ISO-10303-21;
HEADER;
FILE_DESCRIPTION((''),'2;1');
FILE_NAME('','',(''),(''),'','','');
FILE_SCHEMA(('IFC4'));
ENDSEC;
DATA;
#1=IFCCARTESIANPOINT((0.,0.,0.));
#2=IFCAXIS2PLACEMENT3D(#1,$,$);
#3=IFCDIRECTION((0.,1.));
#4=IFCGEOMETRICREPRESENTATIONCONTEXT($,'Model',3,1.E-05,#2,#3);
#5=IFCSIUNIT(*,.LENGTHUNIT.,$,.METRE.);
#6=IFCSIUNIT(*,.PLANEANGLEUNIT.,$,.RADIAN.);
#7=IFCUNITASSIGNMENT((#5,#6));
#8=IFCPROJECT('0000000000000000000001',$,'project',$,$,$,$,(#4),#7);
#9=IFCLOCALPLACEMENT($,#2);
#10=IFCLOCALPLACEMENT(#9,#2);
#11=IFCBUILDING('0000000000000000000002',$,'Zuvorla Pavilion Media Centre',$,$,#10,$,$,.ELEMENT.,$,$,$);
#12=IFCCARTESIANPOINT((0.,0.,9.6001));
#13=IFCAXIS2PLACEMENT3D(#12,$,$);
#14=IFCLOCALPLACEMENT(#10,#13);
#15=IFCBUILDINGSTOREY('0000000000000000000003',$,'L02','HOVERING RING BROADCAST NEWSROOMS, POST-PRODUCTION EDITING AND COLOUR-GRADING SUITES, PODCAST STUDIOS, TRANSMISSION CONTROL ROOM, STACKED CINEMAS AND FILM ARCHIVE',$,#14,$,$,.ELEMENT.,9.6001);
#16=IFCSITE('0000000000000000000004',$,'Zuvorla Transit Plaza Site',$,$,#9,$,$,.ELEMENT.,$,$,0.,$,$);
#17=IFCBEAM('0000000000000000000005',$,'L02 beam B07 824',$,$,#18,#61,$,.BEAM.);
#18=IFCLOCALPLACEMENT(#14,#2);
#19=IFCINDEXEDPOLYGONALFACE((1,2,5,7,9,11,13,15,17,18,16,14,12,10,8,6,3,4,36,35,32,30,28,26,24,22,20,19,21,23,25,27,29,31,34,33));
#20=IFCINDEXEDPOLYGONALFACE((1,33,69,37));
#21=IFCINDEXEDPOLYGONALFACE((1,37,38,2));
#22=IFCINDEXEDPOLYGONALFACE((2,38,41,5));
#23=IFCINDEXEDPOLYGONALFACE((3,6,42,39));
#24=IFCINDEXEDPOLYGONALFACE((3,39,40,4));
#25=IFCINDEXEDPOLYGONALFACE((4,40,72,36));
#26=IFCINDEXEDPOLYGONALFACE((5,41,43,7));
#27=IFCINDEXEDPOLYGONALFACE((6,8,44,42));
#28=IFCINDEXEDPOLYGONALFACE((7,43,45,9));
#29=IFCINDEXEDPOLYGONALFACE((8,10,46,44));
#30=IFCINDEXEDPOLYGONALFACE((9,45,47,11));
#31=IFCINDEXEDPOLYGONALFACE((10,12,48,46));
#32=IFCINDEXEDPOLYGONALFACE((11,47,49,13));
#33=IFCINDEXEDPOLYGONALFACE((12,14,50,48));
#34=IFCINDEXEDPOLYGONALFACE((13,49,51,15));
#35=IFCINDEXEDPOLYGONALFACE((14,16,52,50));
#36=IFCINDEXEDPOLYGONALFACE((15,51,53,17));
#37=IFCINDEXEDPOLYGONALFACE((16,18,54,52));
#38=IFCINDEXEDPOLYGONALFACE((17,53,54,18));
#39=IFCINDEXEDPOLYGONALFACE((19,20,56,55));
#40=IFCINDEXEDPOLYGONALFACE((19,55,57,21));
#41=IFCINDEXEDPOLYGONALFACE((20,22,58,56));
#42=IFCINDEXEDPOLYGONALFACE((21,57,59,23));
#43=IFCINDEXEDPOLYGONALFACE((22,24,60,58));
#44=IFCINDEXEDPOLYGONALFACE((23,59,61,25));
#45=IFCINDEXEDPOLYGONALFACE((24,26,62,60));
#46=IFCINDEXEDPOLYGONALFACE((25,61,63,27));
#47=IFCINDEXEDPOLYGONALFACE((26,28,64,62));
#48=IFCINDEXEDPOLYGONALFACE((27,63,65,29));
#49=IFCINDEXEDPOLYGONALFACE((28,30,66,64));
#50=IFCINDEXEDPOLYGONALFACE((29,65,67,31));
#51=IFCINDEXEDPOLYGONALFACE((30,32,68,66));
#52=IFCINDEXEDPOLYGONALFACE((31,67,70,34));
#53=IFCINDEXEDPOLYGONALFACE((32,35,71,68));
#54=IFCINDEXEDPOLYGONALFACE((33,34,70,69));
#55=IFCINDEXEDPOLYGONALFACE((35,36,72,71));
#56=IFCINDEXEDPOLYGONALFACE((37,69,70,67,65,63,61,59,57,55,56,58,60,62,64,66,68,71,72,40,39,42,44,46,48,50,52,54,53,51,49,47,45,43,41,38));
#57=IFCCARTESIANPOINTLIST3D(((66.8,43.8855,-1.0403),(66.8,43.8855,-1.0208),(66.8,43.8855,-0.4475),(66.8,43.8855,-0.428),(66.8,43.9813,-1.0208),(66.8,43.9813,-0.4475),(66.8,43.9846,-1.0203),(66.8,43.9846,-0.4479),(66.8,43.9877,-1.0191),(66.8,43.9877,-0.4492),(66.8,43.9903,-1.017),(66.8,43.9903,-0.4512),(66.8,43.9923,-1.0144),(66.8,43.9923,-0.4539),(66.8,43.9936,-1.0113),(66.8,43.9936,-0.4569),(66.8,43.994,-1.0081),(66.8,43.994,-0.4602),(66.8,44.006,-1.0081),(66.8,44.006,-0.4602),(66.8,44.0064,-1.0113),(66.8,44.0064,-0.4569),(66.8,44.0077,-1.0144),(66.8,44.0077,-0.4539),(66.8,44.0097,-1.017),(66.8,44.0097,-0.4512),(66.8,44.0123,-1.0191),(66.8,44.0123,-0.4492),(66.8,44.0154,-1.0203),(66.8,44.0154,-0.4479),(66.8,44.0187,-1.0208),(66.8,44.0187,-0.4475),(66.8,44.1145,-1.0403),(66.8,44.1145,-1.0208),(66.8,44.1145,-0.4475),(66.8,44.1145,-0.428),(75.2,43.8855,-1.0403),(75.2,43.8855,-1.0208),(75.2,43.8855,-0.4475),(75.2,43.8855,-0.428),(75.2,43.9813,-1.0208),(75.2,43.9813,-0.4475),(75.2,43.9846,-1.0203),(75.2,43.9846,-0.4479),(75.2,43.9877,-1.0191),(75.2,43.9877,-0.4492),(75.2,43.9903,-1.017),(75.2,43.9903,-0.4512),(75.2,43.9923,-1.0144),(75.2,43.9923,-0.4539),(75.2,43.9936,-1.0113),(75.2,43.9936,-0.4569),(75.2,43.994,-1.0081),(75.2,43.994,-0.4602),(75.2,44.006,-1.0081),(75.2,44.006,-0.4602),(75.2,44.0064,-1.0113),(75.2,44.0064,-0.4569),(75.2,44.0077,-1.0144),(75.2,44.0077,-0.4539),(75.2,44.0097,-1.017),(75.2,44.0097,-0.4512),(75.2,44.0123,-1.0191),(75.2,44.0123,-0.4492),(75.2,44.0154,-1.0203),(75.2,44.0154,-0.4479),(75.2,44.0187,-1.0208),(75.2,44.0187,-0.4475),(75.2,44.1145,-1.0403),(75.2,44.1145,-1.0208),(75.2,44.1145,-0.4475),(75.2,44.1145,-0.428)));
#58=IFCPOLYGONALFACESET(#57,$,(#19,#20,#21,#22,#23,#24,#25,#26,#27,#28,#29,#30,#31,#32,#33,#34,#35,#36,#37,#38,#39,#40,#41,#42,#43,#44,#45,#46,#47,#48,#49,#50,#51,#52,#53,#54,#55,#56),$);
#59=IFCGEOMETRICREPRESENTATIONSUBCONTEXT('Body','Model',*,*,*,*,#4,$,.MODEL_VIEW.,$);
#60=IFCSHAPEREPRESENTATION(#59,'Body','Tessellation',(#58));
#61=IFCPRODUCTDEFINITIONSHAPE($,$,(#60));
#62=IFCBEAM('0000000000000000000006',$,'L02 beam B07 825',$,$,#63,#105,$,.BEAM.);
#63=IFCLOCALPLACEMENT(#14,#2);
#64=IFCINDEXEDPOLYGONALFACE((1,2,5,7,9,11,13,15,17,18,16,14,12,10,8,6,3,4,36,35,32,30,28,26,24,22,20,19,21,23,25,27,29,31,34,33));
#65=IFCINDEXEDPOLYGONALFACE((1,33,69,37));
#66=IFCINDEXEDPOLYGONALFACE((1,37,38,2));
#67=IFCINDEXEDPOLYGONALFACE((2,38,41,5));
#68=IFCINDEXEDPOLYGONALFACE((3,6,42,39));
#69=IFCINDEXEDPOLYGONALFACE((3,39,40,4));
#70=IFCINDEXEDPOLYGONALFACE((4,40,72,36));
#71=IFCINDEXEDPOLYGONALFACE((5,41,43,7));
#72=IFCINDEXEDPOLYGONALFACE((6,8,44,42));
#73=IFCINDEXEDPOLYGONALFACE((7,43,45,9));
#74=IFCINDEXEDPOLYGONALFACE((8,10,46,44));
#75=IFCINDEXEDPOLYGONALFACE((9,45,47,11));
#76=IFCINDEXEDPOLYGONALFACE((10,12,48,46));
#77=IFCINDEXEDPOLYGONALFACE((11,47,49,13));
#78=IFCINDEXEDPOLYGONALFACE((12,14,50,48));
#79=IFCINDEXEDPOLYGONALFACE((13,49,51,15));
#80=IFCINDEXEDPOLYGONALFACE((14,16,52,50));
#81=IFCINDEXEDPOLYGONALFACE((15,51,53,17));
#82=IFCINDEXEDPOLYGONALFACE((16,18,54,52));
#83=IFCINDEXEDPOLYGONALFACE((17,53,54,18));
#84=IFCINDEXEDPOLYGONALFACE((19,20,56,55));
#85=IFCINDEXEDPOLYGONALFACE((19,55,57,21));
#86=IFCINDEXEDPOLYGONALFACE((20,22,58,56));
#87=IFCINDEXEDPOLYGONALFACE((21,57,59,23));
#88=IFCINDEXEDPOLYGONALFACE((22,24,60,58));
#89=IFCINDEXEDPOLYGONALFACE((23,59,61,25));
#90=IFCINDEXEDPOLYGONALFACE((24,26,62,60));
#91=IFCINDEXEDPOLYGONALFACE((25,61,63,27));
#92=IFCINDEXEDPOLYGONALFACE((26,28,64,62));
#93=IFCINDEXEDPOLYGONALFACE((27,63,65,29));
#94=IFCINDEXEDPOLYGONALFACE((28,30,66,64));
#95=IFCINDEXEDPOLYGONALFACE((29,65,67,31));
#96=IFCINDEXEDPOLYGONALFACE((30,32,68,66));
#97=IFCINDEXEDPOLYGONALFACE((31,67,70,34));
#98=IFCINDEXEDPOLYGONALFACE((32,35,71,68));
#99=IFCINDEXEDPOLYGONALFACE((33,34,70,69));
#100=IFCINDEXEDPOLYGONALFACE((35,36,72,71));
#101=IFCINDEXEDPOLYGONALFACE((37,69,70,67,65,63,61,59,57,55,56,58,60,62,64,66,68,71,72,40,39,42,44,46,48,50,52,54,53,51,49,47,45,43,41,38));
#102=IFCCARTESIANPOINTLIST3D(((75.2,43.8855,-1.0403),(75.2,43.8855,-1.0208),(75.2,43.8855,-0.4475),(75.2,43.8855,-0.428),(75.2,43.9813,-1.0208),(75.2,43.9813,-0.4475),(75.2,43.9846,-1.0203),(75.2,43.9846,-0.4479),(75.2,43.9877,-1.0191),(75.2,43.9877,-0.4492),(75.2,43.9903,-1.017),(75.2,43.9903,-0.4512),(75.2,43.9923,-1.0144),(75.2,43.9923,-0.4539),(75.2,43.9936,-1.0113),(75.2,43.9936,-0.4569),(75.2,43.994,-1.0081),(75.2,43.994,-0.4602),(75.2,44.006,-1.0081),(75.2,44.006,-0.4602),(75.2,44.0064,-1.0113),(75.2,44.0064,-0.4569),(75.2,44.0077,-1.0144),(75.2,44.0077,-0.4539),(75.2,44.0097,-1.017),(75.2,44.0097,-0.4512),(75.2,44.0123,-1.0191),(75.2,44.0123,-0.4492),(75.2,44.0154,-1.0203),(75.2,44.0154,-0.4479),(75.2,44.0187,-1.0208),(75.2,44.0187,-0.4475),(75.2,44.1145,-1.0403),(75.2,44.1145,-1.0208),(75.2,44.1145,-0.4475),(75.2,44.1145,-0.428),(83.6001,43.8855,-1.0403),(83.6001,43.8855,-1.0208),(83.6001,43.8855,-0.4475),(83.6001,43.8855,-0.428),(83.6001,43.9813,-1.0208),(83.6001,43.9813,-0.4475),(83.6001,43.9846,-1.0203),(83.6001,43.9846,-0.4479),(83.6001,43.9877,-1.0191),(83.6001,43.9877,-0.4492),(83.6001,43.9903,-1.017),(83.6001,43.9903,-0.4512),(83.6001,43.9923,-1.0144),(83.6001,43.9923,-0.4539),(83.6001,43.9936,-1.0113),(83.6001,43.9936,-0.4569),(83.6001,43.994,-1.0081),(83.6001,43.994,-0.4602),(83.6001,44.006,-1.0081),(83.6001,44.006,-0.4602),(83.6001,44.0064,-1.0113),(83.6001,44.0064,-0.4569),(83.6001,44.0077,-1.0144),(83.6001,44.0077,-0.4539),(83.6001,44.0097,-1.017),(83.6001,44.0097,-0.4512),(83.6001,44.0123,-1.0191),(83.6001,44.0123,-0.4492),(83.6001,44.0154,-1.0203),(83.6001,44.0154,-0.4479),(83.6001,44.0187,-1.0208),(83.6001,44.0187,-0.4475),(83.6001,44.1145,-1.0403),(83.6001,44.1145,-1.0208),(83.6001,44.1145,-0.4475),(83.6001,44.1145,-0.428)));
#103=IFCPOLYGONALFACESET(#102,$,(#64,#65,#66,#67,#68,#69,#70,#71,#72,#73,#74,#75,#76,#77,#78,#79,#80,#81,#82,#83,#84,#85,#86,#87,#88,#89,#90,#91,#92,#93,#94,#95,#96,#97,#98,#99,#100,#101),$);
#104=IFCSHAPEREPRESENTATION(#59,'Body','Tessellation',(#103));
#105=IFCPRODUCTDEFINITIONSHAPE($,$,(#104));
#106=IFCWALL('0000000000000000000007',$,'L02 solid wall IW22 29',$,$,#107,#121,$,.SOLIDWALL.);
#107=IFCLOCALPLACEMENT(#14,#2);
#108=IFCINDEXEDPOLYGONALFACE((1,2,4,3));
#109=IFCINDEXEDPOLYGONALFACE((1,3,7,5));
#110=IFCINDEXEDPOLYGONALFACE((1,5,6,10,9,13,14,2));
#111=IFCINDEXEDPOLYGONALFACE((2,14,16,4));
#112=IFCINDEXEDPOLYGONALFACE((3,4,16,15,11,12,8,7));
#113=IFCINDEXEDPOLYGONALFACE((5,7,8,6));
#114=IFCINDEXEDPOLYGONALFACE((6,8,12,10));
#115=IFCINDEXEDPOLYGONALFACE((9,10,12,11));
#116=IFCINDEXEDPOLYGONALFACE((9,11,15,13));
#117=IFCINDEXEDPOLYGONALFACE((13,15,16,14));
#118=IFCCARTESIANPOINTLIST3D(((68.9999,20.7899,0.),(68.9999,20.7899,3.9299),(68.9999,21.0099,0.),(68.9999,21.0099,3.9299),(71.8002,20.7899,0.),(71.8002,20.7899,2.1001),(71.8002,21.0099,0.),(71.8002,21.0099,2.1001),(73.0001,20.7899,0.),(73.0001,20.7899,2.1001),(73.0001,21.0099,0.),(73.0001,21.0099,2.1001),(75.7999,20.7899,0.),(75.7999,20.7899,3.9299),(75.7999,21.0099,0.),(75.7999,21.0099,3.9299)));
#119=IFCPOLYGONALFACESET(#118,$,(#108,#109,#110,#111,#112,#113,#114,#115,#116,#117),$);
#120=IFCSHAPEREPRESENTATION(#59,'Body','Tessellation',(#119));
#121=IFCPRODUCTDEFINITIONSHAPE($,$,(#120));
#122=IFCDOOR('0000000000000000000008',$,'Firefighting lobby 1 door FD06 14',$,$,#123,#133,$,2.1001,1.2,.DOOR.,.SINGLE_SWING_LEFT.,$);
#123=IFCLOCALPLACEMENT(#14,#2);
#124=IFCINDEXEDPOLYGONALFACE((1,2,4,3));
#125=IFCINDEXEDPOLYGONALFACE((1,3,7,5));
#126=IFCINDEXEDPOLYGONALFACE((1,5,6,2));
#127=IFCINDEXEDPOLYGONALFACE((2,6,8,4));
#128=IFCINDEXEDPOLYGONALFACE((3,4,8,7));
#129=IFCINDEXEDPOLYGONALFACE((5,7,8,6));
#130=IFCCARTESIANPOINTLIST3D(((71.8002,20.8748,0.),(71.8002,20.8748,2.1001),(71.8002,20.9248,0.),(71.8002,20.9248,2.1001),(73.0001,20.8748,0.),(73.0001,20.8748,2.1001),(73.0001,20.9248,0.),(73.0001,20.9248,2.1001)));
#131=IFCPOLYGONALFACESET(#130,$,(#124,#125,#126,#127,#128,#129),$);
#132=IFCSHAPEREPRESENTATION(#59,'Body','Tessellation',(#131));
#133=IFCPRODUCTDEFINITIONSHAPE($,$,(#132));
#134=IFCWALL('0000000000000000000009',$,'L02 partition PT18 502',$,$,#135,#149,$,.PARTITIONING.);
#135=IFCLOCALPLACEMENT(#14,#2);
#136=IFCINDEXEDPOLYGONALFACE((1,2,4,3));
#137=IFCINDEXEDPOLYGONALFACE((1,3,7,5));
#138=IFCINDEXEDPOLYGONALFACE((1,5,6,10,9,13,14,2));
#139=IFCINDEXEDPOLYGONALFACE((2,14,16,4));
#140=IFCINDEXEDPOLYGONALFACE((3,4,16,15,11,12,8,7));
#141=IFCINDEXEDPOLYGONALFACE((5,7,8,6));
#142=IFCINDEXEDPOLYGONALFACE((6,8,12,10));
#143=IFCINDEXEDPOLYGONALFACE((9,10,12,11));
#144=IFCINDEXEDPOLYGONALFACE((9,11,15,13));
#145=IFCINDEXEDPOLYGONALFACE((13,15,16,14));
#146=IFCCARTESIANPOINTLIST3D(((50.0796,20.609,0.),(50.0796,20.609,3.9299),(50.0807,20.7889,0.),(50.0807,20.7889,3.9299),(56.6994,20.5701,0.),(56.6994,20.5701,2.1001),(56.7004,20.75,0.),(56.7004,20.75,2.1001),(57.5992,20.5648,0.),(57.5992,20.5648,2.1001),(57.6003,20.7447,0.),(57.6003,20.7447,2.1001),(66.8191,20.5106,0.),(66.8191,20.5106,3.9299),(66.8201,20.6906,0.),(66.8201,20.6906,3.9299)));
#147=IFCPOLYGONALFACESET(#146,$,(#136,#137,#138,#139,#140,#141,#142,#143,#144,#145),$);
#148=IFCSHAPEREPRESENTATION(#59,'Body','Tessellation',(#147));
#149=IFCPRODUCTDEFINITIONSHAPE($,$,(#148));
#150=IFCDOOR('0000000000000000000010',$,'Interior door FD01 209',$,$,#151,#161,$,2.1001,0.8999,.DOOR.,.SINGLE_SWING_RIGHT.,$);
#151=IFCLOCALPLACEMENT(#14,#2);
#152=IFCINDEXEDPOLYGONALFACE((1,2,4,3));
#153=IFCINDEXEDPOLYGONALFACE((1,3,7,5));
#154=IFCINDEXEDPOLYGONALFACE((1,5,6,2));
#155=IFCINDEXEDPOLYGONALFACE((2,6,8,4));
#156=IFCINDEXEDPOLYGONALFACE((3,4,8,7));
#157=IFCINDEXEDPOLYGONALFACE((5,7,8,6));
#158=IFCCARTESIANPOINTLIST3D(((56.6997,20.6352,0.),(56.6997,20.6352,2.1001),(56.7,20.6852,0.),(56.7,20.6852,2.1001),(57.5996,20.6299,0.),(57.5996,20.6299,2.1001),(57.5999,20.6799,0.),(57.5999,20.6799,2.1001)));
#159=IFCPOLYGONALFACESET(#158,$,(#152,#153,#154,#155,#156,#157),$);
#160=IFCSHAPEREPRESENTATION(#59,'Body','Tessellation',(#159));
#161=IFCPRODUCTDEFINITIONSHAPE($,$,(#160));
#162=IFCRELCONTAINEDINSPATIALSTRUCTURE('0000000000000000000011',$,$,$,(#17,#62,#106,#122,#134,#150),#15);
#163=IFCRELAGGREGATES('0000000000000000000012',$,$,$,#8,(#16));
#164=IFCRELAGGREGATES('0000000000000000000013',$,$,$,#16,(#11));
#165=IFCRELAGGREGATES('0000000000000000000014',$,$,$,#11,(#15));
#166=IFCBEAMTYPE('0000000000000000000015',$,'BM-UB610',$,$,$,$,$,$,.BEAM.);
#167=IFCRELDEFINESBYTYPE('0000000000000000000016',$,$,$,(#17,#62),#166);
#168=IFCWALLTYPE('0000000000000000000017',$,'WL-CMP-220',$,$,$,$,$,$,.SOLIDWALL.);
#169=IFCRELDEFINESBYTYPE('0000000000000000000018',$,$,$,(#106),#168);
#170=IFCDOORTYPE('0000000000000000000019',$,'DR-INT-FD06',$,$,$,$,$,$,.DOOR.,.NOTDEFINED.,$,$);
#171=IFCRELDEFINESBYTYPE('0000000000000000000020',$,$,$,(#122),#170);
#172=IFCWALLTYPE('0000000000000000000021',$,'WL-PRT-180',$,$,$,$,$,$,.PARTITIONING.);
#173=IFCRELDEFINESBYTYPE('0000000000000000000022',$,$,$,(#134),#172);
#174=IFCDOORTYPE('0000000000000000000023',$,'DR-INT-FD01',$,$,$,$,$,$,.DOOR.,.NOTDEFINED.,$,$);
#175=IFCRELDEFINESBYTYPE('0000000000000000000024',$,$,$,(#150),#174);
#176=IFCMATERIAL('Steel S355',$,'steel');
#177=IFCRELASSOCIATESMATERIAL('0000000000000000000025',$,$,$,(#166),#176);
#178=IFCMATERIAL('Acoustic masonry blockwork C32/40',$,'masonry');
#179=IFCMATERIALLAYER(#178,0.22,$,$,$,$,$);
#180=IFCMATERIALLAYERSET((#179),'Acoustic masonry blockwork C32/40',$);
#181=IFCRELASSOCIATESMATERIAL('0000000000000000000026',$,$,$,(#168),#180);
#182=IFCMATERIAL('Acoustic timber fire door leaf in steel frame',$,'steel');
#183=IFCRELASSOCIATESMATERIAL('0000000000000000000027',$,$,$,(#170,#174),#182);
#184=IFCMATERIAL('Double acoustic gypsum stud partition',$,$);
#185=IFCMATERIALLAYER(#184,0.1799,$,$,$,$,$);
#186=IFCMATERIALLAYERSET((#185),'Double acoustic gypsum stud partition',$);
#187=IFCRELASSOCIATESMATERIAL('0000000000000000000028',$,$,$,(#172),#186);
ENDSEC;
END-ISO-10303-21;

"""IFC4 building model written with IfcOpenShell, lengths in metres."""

from ifc_helpers import new_model, si_unit, direction, frame, frame_2d, origin, origin_2d, place, context, subcontext, project, spatial, rectangle, i_section, extrude, material, layer, layer_set, material_profile, profile_set, type_object, element, fill, save


model = new_model("IFC4")

# Units and contexts
model_context = context("Model", 3, precision=1e-05, world=origin(), true_north=direction((0.0, 1.0)))
body_context = subcontext(model_context, "Body", "Model", "MODEL_VIEW")
ifc_project = project(units=[si_unit("LENGTHUNIT", "METRE"), si_unit("PLANEANGLEUNIT", "RADIAN")], contexts=[model_context])

# Site, building, storey
site_placement = place(None, origin())
site = spatial("IfcSite", under=ifc_project, at=site_placement, Name="Zuvorla Transit Plaza Site", CompositionType="ELEMENT", RefElevation=0.0)
building_placement = place(site_placement, origin())
building = spatial("IfcBuilding", under=site, at=building_placement, Name="Zuvorla Pavilion Media Centre", CompositionType="ELEMENT")
storey_placement = place(building_placement, frame((0.0, 0.0, 9.6001)))
storey = spatial("IfcBuildingStorey", under=building, at=storey_placement, Name="L02", Description="HOVERING RING BROADCAST NEWSROOMS, POST-PRODUCTION EDITING AND COLOUR-GRADING SUITES, PODCAST STUDIOS, TRANSMISSION CONTROL ROOM, STACKED CINEMAS AND FILM ARCHIVE", CompositionType="ELEMENT", Elevation=9.6001)

# Beams
ifc_material_1 = material(Name="Steel S355", Category="steel")
ifc_material_profile_1 = material_profile(ifc_material_1, i_section(OverallWidth=0.229, OverallDepth=0.6123, WebThickness=0.012, FlangeThickness=0.0195, FilletRadius=0.0127, at=origin_2d()), Name="UB 610x229x125")
ifc_profile_set_1 = profile_set([ifc_material_profile_1], Name="Steel S355")
beam_type_1 = type_object("IfcBeamType", Name="BM-UB610", PredefinedType="BEAM", material=ifc_profile_set_1)
beam_1_placement = place(storey_placement, frame((66.8, 44.0, -0.7341), z_axis=(1.0, 0.0, 0.0), x_axis=(0.0, 1.0, 0.0)))
element("IfcBeam", 1, at=beam_1_placement, inside=storey, type_object=beam_type_1, Name="L02 beam B07 824", PredefinedType="BEAM", context=body_context, shape_type="SweptSolid", body=[
    extrude(i_section(OverallWidth=0.229, OverallDepth=0.6123, WebThickness=0.012, FlangeThickness=0.0195, FilletRadius=0.0127, at=origin_2d()), origin(), (0.0, 0.0, 1.0), 8.3999),
])
beam_2_placement = place(storey_placement, frame((75.2, 44.0, -0.7341), z_axis=(1.0, 0.0, 0.0), x_axis=(0.0, 1.0, 0.0)))
element("IfcBeam", 2, at=beam_2_placement, inside=storey, type_object=beam_type_1, Name="L02 beam B07 825", PredefinedType="BEAM", context=body_context, shape_type="SweptSolid", body=[
    extrude(i_section(OverallWidth=0.229, OverallDepth=0.6123, WebThickness=0.012, FlangeThickness=0.0195, FilletRadius=0.0127, at=origin_2d()), origin(), (0.0, 0.0, 1.0), 8.4001),
])

# Walls, openings, doors
ifc_material_2 = material(Name="Acoustic masonry blockwork C32/40", Category="masonry")
ifc_layer_1 = layer(ifc_material_2, 0.22)
ifc_layer_set_1 = layer_set([ifc_layer_1], Name="Acoustic masonry blockwork C32/40")
wall_type_1 = type_object("IfcWallType", Name="WL-CMP-220", PredefinedType="SOLIDWALL", material=ifc_layer_set_1)
wall_1_placement = place(storey_placement, frame((69.0, 20.8999, 0.0), z_axis=(0.0, 0.0, 1.0), x_axis=(1.0, 0.0, 0.0)))
wall_1 = element("IfcWall", 3, at=wall_1_placement, inside=storey, type_object=wall_type_1, Name="L02 solid wall IW22 29", PredefinedType="SOLIDWALL", context=body_context, shape_type="SweptSolid", body=[
    extrude(rectangle(XDim=6.8, YDim=0.22, at=frame_2d((3.3999, 0.0))), origin(), (0.0, 0.0, 1.0), 3.9299),
])
opening_1_placement = place(wall_1_placement, frame((2.8, 0.0, 0.0)))
opening_1 = element("IfcOpeningElement", 4, at=opening_1_placement, cuts=wall_1, PredefinedType="OPENING", context=body_context, shape_type="SweptSolid", body=[
    extrude(rectangle(XDim=1.2, YDim=2.1001, at=frame_2d((0.6001, 1.05))), frame((0.0, 0.1199, 0.0), z_axis=(0.0, -1.0, 0.0), x_axis=(1.0, 0.0, 0.0)), (0.0, 0.0, 1.0), 0.24),
])
ifc_material_3 = material(Name="Acoustic timber fire door leaf in steel frame", Category="steel")
door_type_1 = type_object("IfcDoorType", Name="DR-INT-FD06", OperationType="NOTDEFINED", PredefinedType="DOOR", material=ifc_material_3)
door_1_placement = place(opening_1_placement, origin())
door_1 = element("IfcDoor", 5, at=door_1_placement, inside=storey, type_object=door_type_1, Name="Firefighting lobby 1 door FD06 14", OperationType="SINGLE_SWING_LEFT", OverallHeight=2.1001, OverallWidth=1.2, PredefinedType="DOOR", context=body_context, shape_type="SweptSolid", body=[
    extrude(rectangle(XDim=1.2, YDim=2.1001, at=frame_2d((0.6001, 1.05))), frame((0.0, 0.0249, 0.0), z_axis=(0.0, -1.0, 0.0), x_axis=(1.0, 0.0, 0.0)), (0.0, 0.0, 1.0), 0.05),
])
fill(opening_1, door_1)
ifc_material_4 = material(Name="Double acoustic gypsum stud partition")
ifc_layer_2 = layer(ifc_material_4, 0.1799)
ifc_layer_set_2 = layer_set([ifc_layer_2], Name="Double acoustic gypsum stud partition")
wall_type_2 = type_object("IfcWallType", Name="WL-PRT-180", PredefinedType="PARTITIONING", material=ifc_layer_set_2)
wall_2_placement = place(storey_placement, frame((66.8196, 20.6006, 0.0), z_axis=(0.0, 0.0, 1.0), x_axis=(-0.999983, 0.005878, 0.0)))
wall_2 = element("IfcWall", 6, at=wall_2_placement, inside=storey, type_object=wall_type_2, Name="L02 partition PT18 502", PredefinedType="PARTITIONING", context=body_context, shape_type="SweptSolid", body=[
    extrude(rectangle(XDim=16.7397, YDim=0.1799, at=frame_2d((8.3699, 0.0))), origin(), (0.0, 0.0, 1.0), 3.9299),
])
opening_2_placement = place(wall_2_placement, frame((9.22, 0.0, 0.0)))
opening_2 = element("IfcOpeningElement", 7, at=opening_2_placement, cuts=wall_2, PredefinedType="OPENING", context=body_context, shape_type="SweptSolid", body=[
    extrude(rectangle(XDim=0.8999, YDim=2.1001, at=frame_2d((0.45, 1.05))), frame((0.0, 0.0999, 0.0), z_axis=(0.0, -1.0, 0.0), x_axis=(1.0, 0.0, 0.0)), (0.0, 0.0, 1.0), 0.2),
])
door_type_2 = type_object("IfcDoorType", Name="DR-INT-FD01", OperationType="NOTDEFINED", PredefinedType="DOOR", material=ifc_material_3)
door_2_placement = place(opening_2_placement, origin())
door_2 = element("IfcDoor", 8, at=door_2_placement, inside=storey, type_object=door_type_2, Name="Interior door FD01 209", OperationType="SINGLE_SWING_RIGHT", OverallHeight=2.1001, OverallWidth=0.8999, PredefinedType="DOOR", context=body_context, shape_type="SweptSolid", body=[
    extrude(rectangle(XDim=0.8999, YDim=2.1001, at=frame_2d((0.45, 1.05))), frame((0.0, 0.0249, 0.0), z_axis=(0.0, -1.0, 0.0), x_axis=(1.0, 0.0, 0.0)), (0.0, 0.0, 1.0), 0.05),
])
fill(opening_2, door_2)

save(model, "model.ifc")
